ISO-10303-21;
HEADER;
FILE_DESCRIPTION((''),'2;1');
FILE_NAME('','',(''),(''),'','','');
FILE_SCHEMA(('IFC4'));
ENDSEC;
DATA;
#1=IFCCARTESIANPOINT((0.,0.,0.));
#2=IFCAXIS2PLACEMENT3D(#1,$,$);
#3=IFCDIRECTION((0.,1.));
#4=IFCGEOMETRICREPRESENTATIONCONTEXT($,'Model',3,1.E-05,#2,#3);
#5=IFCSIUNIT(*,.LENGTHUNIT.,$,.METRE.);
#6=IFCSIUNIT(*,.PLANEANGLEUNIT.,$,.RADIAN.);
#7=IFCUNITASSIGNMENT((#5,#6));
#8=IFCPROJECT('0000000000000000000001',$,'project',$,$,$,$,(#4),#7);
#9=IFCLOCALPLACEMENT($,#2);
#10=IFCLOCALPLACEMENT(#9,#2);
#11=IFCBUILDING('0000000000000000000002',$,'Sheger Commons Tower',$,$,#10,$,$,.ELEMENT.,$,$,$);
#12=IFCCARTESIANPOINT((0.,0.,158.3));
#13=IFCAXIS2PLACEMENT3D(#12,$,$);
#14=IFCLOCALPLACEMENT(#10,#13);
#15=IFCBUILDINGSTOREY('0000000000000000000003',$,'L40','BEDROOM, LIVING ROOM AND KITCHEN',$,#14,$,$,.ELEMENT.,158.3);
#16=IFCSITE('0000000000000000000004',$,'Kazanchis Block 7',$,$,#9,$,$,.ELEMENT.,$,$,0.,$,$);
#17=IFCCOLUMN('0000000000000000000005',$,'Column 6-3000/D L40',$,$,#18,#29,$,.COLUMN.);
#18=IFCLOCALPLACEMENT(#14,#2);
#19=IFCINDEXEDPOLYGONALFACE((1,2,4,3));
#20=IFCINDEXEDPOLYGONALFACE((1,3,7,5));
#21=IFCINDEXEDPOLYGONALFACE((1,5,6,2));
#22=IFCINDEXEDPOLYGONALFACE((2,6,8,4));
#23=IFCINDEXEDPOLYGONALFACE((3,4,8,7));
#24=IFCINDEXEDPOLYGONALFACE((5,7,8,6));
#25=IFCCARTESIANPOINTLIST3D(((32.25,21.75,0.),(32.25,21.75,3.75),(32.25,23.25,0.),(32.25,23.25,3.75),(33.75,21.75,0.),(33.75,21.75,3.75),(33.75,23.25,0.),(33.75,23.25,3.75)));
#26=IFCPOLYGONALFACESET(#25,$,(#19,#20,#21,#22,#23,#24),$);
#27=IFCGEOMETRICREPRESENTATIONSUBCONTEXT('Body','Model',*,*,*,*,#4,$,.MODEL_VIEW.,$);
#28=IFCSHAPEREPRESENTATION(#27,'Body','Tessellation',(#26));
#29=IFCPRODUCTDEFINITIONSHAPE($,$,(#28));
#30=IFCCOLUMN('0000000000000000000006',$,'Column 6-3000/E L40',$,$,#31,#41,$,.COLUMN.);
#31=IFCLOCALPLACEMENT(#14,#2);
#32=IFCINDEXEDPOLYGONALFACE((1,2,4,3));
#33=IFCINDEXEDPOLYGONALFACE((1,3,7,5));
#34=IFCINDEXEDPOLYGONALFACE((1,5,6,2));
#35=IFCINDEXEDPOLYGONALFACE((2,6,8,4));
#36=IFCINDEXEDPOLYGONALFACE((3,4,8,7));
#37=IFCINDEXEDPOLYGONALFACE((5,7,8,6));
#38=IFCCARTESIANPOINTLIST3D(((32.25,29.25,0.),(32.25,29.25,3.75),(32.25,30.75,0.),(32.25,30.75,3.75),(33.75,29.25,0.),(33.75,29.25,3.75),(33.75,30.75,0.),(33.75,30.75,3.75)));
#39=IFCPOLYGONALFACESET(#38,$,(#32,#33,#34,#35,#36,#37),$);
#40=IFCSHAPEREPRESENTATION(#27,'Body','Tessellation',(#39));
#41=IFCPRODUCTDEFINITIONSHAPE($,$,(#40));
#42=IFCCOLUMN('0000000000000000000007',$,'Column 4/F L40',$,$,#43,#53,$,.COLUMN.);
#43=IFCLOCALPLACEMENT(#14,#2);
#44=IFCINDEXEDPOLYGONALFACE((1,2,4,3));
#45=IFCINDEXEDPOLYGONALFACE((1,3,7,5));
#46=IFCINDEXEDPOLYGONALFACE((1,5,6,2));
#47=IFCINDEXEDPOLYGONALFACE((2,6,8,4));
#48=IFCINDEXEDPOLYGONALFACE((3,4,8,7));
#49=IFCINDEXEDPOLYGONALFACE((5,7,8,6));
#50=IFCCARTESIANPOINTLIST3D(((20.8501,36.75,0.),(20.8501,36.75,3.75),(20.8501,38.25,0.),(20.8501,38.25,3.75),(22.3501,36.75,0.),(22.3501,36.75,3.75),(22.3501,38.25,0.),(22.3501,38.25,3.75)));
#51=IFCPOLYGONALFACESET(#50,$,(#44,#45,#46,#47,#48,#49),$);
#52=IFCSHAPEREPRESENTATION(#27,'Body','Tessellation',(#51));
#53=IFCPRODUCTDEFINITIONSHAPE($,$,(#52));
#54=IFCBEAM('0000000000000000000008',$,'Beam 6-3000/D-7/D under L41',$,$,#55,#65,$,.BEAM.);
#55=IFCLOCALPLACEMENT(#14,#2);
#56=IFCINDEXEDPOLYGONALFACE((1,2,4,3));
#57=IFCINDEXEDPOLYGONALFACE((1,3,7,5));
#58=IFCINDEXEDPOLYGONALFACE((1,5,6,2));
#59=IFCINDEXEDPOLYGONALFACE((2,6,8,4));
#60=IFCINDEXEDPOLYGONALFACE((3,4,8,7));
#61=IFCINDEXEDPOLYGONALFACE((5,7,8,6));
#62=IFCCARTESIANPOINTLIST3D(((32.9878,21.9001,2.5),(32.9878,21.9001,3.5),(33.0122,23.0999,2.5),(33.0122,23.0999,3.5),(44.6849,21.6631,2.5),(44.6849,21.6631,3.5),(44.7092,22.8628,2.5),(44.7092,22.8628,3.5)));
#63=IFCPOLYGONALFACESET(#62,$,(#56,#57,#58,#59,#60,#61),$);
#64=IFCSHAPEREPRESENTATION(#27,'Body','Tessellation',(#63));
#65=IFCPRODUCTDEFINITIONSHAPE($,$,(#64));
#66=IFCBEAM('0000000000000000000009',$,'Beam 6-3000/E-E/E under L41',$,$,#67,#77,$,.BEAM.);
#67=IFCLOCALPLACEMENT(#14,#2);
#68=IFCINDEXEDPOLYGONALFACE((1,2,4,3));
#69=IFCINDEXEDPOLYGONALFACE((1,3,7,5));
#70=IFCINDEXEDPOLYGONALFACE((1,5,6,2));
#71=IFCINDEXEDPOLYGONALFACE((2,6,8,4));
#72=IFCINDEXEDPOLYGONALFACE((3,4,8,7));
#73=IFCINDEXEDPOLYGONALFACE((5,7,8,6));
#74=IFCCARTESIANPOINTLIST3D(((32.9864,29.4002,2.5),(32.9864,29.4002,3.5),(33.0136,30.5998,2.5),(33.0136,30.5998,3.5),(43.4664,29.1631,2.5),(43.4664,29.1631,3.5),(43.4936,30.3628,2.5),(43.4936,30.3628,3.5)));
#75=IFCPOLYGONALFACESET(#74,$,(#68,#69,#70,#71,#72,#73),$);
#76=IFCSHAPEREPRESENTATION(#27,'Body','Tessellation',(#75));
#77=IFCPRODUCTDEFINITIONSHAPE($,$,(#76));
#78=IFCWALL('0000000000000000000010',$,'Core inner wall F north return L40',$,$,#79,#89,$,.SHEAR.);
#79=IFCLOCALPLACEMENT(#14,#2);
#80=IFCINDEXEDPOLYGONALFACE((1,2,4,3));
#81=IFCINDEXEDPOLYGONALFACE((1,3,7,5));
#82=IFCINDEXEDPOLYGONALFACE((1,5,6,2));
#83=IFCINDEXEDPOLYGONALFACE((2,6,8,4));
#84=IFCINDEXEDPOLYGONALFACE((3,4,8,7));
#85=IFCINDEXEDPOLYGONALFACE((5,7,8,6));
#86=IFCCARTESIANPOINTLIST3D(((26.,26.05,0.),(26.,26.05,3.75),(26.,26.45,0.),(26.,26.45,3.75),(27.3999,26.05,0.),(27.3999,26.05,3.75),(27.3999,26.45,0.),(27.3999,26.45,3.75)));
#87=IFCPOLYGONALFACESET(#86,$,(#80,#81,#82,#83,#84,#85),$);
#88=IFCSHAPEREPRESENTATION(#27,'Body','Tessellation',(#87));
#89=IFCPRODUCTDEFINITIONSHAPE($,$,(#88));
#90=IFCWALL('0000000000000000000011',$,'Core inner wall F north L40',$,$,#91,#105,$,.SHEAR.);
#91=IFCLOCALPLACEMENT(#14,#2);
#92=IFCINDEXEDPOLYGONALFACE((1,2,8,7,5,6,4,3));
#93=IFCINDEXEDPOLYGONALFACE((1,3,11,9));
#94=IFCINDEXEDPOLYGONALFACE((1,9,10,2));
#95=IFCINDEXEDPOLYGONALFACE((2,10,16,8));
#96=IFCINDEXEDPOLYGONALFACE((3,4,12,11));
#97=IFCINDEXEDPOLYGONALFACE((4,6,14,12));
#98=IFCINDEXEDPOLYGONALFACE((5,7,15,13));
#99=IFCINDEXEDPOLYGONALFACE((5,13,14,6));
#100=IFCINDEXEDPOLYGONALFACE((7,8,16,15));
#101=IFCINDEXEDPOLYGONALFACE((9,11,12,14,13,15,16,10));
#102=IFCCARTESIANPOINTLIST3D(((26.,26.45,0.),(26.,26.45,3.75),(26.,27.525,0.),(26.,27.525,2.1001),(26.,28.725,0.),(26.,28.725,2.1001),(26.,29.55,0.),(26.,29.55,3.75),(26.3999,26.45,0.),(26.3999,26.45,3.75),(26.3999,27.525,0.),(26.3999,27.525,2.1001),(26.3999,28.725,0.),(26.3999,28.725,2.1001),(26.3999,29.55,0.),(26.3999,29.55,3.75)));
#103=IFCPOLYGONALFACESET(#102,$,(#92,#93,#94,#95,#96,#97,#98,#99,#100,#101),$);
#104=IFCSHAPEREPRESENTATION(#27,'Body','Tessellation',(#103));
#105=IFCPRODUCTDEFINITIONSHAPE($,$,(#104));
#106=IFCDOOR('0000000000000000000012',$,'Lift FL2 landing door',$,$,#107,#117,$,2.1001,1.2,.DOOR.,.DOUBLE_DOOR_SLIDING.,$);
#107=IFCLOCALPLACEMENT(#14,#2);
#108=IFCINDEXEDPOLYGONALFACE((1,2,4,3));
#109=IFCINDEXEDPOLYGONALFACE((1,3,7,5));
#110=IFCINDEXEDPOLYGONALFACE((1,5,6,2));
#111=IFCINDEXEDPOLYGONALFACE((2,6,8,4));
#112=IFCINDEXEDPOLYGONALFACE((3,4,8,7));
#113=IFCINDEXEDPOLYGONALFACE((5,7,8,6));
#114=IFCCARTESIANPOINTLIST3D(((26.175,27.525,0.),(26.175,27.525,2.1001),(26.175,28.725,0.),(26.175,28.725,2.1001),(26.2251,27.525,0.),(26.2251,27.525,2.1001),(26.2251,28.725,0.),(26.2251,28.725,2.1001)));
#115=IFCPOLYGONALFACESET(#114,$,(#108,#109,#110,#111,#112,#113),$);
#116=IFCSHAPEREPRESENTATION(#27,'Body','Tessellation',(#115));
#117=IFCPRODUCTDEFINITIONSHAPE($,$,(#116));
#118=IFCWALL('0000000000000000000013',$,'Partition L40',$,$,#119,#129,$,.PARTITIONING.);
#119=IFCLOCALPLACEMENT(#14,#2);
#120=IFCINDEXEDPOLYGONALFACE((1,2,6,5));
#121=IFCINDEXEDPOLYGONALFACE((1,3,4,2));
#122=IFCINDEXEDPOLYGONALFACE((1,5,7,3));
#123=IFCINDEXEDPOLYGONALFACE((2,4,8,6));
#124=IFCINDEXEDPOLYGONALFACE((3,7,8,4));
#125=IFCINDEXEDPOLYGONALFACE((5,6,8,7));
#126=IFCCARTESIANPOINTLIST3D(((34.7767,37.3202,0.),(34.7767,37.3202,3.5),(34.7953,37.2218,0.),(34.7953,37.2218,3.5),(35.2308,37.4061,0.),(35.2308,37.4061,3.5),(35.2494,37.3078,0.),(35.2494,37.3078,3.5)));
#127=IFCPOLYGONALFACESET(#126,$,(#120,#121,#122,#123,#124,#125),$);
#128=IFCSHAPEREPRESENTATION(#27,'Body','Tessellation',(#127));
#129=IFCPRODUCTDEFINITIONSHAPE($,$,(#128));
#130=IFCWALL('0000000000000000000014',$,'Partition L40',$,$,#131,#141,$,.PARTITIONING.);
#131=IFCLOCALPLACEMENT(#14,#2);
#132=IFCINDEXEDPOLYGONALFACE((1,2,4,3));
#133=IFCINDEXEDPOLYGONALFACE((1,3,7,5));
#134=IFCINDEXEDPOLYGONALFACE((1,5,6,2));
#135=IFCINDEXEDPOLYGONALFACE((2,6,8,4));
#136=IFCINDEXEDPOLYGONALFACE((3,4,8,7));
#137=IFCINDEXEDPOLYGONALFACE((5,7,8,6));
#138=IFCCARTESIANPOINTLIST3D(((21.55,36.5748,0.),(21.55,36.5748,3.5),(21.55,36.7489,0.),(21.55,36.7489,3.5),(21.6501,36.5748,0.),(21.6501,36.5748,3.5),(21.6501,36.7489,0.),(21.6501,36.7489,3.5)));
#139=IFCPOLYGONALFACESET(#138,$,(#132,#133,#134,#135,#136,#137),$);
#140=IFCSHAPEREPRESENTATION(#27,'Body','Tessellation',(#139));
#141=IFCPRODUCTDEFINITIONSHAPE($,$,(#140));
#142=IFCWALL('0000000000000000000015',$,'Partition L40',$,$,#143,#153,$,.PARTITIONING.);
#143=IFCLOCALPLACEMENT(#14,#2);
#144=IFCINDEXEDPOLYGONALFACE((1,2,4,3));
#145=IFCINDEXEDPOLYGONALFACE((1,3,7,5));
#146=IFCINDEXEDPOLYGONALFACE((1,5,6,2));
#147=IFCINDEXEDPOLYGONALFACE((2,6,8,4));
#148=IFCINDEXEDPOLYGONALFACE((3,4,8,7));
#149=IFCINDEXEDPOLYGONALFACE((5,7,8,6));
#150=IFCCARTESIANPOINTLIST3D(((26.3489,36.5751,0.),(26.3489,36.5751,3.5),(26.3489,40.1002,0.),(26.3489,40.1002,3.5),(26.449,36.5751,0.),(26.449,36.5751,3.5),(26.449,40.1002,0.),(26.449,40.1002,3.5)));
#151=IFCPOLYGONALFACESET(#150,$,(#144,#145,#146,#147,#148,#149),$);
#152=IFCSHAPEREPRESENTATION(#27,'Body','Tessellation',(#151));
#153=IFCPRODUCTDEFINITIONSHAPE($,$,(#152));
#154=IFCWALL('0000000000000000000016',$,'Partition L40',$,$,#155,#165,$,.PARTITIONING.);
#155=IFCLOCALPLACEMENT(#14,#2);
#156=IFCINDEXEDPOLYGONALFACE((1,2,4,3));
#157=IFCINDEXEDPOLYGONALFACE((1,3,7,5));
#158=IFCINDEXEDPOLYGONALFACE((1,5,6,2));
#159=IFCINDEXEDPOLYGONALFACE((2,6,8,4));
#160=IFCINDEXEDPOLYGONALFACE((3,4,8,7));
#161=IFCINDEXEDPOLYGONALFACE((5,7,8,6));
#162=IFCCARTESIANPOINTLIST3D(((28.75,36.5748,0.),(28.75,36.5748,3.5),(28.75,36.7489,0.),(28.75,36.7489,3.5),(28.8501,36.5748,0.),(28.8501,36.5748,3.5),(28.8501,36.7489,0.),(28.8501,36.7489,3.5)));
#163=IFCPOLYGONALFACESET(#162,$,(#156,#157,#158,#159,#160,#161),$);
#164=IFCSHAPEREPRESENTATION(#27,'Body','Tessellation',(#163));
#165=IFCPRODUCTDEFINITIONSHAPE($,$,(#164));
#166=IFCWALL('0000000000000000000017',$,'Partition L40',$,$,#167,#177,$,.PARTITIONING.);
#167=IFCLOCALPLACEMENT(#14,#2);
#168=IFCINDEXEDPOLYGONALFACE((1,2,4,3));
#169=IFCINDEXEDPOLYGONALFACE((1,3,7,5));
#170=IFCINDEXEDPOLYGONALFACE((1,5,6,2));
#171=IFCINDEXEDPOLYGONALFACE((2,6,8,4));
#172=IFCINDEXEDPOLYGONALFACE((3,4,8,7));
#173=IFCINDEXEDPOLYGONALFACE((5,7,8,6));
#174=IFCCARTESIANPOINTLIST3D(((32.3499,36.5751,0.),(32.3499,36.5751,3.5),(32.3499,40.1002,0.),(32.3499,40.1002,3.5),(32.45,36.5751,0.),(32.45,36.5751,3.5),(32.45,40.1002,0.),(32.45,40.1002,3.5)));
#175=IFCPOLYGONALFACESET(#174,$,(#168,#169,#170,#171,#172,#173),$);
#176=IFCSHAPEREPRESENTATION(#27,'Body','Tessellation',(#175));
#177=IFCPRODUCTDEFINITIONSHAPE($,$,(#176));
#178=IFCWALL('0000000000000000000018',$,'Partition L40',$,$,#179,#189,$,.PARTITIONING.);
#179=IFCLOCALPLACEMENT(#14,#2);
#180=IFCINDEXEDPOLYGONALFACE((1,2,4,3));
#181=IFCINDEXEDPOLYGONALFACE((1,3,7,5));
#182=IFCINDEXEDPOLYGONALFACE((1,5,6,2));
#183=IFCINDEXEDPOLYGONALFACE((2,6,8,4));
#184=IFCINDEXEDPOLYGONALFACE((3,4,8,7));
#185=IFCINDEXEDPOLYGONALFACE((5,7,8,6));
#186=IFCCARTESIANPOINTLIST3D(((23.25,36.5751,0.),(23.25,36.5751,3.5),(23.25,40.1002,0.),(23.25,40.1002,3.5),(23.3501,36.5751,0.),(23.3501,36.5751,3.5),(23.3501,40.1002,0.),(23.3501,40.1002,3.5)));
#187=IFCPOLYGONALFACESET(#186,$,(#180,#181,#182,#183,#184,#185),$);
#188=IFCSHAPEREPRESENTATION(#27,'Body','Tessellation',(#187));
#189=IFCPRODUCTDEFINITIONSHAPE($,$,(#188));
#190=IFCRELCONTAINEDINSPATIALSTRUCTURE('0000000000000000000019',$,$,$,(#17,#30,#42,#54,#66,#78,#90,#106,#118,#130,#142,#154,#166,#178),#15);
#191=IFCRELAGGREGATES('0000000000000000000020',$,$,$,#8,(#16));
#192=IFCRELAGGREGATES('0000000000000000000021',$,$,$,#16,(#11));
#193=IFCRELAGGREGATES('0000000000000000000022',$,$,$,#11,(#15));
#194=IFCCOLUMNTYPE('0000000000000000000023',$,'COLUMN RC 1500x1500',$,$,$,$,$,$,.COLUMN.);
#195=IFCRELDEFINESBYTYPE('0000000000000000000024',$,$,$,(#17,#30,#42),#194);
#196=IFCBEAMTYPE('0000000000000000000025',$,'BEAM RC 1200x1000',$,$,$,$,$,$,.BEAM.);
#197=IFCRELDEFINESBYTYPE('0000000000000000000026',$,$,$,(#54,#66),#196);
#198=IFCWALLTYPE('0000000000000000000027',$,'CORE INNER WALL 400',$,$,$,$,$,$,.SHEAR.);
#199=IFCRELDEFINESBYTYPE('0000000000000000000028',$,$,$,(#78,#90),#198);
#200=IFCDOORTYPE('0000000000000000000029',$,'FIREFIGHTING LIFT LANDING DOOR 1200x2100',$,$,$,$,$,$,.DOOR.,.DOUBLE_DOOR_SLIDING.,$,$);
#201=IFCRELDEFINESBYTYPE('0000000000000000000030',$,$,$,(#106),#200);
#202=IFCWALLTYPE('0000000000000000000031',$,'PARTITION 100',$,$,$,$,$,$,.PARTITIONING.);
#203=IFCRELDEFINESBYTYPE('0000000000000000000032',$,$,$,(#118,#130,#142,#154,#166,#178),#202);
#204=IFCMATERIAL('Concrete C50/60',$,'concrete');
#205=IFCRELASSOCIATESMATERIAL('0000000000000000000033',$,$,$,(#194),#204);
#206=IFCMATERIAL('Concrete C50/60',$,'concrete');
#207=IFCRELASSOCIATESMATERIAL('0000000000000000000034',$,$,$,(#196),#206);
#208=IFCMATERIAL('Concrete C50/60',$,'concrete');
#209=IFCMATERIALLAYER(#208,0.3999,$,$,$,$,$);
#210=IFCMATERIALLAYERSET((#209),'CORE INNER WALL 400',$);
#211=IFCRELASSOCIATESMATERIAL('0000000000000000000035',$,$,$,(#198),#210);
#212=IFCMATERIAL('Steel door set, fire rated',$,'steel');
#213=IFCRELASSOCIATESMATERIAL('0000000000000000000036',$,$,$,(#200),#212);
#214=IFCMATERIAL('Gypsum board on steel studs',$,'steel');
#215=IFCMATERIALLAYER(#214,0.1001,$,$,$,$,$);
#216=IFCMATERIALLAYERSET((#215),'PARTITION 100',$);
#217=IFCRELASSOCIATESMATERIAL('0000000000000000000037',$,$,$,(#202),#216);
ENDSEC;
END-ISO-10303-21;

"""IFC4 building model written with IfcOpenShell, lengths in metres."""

from ifc_helpers import new_model, si_unit, direction, frame, frame_2d, origin, origin_2d, place, context, subcontext, project, spatial, rectangle, extrude, material, layer, layer_set, material_profile, profile_set, type_object, element, fill, save


model = new_model("IFC4")

# Units and contexts
model_context = context("Model", 3, precision=1e-05, world=origin(), true_north=direction((0.0, 1.0)))
body_context = subcontext(model_context, "Body", "Model", "MODEL_VIEW")
ifc_project = project(units=[si_unit("LENGTHUNIT", "METRE"), si_unit("PLANEANGLEUNIT", "RADIAN")], contexts=[model_context])

# Site, building, storey
site_placement = place(None, origin())
site = spatial("IfcSite", under=ifc_project, at=site_placement, Name="Kazanchis Block 7", CompositionType="ELEMENT", RefElevation=0.0)
building_placement = place(site_placement, origin())
building = spatial("IfcBuilding", under=site, at=building_placement, Name="Sheger Commons Tower", CompositionType="ELEMENT")
storey_placement = place(building_placement, frame((0.0, 0.0, 158.3)))
storey = spatial("IfcBuildingStorey", under=building, at=storey_placement, Name="L40", Description="BEDROOM, LIVING ROOM AND KITCHEN", CompositionType="ELEMENT", Elevation=158.3)

# Columns
ifc_material_1 = material(Name="Concrete C50/60", Category="concrete")
ifc_material_profile_1 = material_profile(ifc_material_1, rectangle(XDim=1.5, YDim=1.5, at=origin_2d()), Name="RC 1500x1500")
ifc_profile_set_1 = profile_set([ifc_material_profile_1], Name="Concrete C50/60")
column_type = type_object("IfcColumnType", Name="COLUMN RC 1500x1500", PredefinedType="COLUMN", material=ifc_profile_set_1)
for number, where, z_axis, x_axis, name in (
    (1, (33.0, 22.5, 0.0), (0.0, 0.0, 1.0), (1.0, 0.0, 0.0), "Column 6-3000/D L40"),
    (2, (33.0, 30.0, 0.0), (0.0, 0.0, 1.0), (1.0, 0.0, 0.0), "Column 6-3000/E L40"),
    (3, (21.6001, 37.5, 0.0), (0.0, 0.0, 1.0), (1.0, 0.0, 0.0), "Column 4/F L40"),
):
    element("IfcColumn", number, at=place(storey_placement, frame(where, z_axis=z_axis, x_axis=x_axis)), inside=storey, type_object=column_type, Name=name, PredefinedType="COLUMN", context=body_context, shape_type="SweptSolid", body=[
        extrude(rectangle(XDim=1.5, YDim=1.5, at=origin_2d()), origin(), (0.0, 0.0, 1.0), 3.75),
    ])

# Beams
ifc_material_2 = material(Name="Concrete C50/60", Category="concrete")
ifc_material_profile_2 = material_profile(ifc_material_2, rectangle(XDim=1.2, YDim=1.0, at=origin_2d()), Name="RC 1200x1000")
ifc_profile_set_2 = profile_set([ifc_material_profile_2], Name="Concrete C50/60")
beam_type = type_object("IfcBeamType", Name="BEAM RC 1200x1000", PredefinedType="BEAM", material=ifc_profile_set_2)
beam_1_placement = place(storey_placement, frame((33.0, 22.5, 3.0), z_axis=(0.999795, -0.020263, 0.0), x_axis=(0.020263, 0.999795, 0.0)))
element("IfcBeam", 4, at=beam_1_placement, inside=storey, type_object=beam_type, Name="Beam 6-3000/D-7/D under L41", PredefinedType="BEAM", context=body_context, shape_type="SweptSolid", body=[
    extrude(rectangle(XDim=1.2, YDim=1.0, at=origin_2d()), origin(), (0.0, 0.0, 1.0), 11.6995),
])
beam_2_placement = place(storey_placement, frame((33.0, 30.0, 3.0), z_axis=(0.999744, -0.022615, 0.0), x_axis=(0.022615, 0.999744, 0.0)))
element("IfcBeam", 5, at=beam_2_placement, inside=storey, type_object=beam_type, Name="Beam 6-3000/E-E/E under L41", PredefinedType="BEAM", context=body_context, shape_type="SweptSolid", body=[
    extrude(rectangle(XDim=1.2, YDim=1.0, at=origin_2d()), origin(), (0.0, 0.0, 1.0), 10.4827),
])

# Wall
ifc_material_3 = material(Name="Concrete C50/60", Category="concrete")
ifc_layer_1 = layer(ifc_material_3, 0.3999)
ifc_layer_set_1 = layer_set([ifc_layer_1], Name="CORE INNER WALL 400")
wall_type_1 = type_object("IfcWallType", Name="CORE INNER WALL 400", PredefinedType="SHEAR", material=ifc_layer_set_1)
wall_1_placement = place(storey_placement, frame((26.0, 26.25, 0.0), z_axis=(0.0, 0.0, 1.0), x_axis=(1.0, 0.0, 0.0)))
element("IfcWall", 6, at=wall_1_placement, inside=storey, type_object=wall_type_1, Name="Core inner wall F north return L40", PredefinedType="SHEAR", context=body_context, shape_type="SweptSolid", body=[
    extrude(rectangle(XDim=1.3999, YDim=0.3999, at=frame_2d((0.7, 0.0))), origin(), (0.0, 0.0, 1.0), 3.75),
])

# Wall, opening, door
wall_2_placement = place(storey_placement, frame((26.2, 26.45, 0.0), z_axis=(0.0, 0.0, 1.0), x_axis=(0.0, 1.0, 0.0)))
wall_2 = element("IfcWall", 7, at=wall_2_placement, inside=storey, type_object=wall_type_1, Name="Core inner wall F north L40", PredefinedType="SHEAR", context=body_context, shape_type="SweptSolid", body=[
    extrude(rectangle(XDim=3.1001, YDim=0.3999, at=frame_2d((1.55, 0.0))), origin(), (0.0, 0.0, 1.0), 3.75),
])
opening_1_placement = place(wall_2_placement, frame((1.075, 0.0, 0.0)))
opening_1 = element("IfcOpeningElement", 8, at=opening_1_placement, cuts=wall_2, PredefinedType="OPENING", context=body_context, shape_type="SweptSolid", body=[
    extrude(rectangle(XDim=1.2, YDim=2.1001, at=frame_2d((0.6001, 1.05))), frame((0.0, 0.21, 0.0), z_axis=(0.0, -1.0, 0.0), x_axis=(1.0, 0.0, 0.0)), (0.0, 0.0, 1.0), 0.4199),
])
ifc_material_4 = material(Name="Steel door set, fire rated", Category="steel")
door_type_1 = type_object("IfcDoorType", Name="FIREFIGHTING LIFT LANDING DOOR 1200x2100", OperationType="DOUBLE_DOOR_SLIDING", PredefinedType="DOOR", material=ifc_material_4)
door_1_placement = place(opening_1_placement, origin())
door_1 = element("IfcDoor", 9, at=door_1_placement, inside=storey, type_object=door_type_1, Name="Lift FL2 landing door", OperationType="DOUBLE_DOOR_SLIDING", OverallHeight=2.1001, OverallWidth=1.2, PredefinedType="DOOR", context=body_context, shape_type="SweptSolid", body=[
    extrude(rectangle(XDim=1.2, YDim=2.1001, at=frame_2d((0.6001, 1.05))), frame((0.0, 0.0249, 0.0), z_axis=(0.0, -1.0, 0.0), x_axis=(1.0, 0.0, 0.0)), (0.0, 0.0, 1.0), 0.05),
])
fill(opening_1, door_1)

# Walls
ifc_material_5 = material(Name="Gypsum board on steel studs", Category="steel")
ifc_layer_2 = layer(ifc_material_5, 0.1001)
ifc_layer_set_2 = layer_set([ifc_layer_2], Name="PARTITION 100")
wall_type_2 = type_object("IfcWallType", Name="PARTITION 100", PredefinedType="PARTITIONING", material=ifc_layer_set_2)
wall_3_placement = place(storey_placement, frame((35.24, 37.3569, 0.0), z_axis=(0.0, 0.0, 1.0), x_axis=(-0.98256, -0.185947, 0.0)))
element("IfcWall", 10, at=wall_3_placement, inside=storey, type_object=wall_type_2, Name="Partition L40", PredefinedType="PARTITIONING", context=body_context, shape_type="SweptSolid", body=[
    extrude(rectangle(XDim=0.4622, YDim=0.1001, at=frame_2d((0.231, 0.0))), origin(), (0.0, 0.0, 1.0), 3.5),
])
wall_4_placement = place(storey_placement, frame((21.6001, 36.575, 0.0), z_axis=(0.0, 0.0, 1.0), x_axis=(0.0, 1.0, 0.0)))
element("IfcWall", 11, at=wall_4_placement, inside=storey, type_object=wall_type_2, Name="Partition L40", PredefinedType="PARTITIONING", context=body_context, shape_type="SweptSolid", body=[
    extrude(rectangle(XDim=0.1741, YDim=0.1001, at=frame_2d((0.0869, 0.0))), origin(), (0.0, 0.0, 1.0), 3.5),
])
wall_5_placement = place(storey_placement, frame((26.3989, 36.575, 0.0), z_axis=(0.0, 0.0, 1.0), x_axis=(0.0, 1.0, 0.0)))
element("IfcWall", 12, at=wall_5_placement, inside=storey, type_object=wall_type_2, Name="Partition L40", PredefinedType="PARTITIONING", context=body_context, shape_type="SweptSolid", body=[
    extrude(rectangle(XDim=3.5251, YDim=0.1001, at=frame_2d((1.7627, 0.0))), origin(), (0.0, 0.0, 1.0), 3.5),
])
wall_6_placement = place(storey_placement, frame((28.8, 36.575, 0.0), z_axis=(0.0, 0.0, 1.0), x_axis=(0.0, 1.0, 0.0)))
element("IfcWall", 13, at=wall_6_placement, inside=storey, type_object=wall_type_2, Name="Partition L40", PredefinedType="PARTITIONING", context=body_context, shape_type="SweptSolid", body=[
    extrude(rectangle(XDim=0.1741, YDim=0.1001, at=frame_2d((0.0869, 0.0))), origin(), (0.0, 0.0, 1.0), 3.5),
])
for number, where, z_axis, x_axis, name in (
    (14, (32.3999, 36.575, 0.0), (0.0, 0.0, 1.0), (0.0, 1.0, 0.0), "Partition L40"),
    (15, (23.3, 36.575, 0.0), (0.0, 0.0, 1.0), (0.0, 1.0, 0.0), "Partition L40"),
):
    element("IfcWall", number, at=place(storey_placement, frame(where, z_axis=z_axis, x_axis=x_axis)), inside=storey, type_object=wall_type_2, Name=name, PredefinedType="PARTITIONING", context=body_context, shape_type="SweptSolid", body=[
        extrude(rectangle(XDim=3.5251, YDim=0.1001, at=frame_2d((1.7627, 0.0))), origin(), (0.0, 0.0, 1.0), 3.5),
    ])

save(model, "model.ifc")
